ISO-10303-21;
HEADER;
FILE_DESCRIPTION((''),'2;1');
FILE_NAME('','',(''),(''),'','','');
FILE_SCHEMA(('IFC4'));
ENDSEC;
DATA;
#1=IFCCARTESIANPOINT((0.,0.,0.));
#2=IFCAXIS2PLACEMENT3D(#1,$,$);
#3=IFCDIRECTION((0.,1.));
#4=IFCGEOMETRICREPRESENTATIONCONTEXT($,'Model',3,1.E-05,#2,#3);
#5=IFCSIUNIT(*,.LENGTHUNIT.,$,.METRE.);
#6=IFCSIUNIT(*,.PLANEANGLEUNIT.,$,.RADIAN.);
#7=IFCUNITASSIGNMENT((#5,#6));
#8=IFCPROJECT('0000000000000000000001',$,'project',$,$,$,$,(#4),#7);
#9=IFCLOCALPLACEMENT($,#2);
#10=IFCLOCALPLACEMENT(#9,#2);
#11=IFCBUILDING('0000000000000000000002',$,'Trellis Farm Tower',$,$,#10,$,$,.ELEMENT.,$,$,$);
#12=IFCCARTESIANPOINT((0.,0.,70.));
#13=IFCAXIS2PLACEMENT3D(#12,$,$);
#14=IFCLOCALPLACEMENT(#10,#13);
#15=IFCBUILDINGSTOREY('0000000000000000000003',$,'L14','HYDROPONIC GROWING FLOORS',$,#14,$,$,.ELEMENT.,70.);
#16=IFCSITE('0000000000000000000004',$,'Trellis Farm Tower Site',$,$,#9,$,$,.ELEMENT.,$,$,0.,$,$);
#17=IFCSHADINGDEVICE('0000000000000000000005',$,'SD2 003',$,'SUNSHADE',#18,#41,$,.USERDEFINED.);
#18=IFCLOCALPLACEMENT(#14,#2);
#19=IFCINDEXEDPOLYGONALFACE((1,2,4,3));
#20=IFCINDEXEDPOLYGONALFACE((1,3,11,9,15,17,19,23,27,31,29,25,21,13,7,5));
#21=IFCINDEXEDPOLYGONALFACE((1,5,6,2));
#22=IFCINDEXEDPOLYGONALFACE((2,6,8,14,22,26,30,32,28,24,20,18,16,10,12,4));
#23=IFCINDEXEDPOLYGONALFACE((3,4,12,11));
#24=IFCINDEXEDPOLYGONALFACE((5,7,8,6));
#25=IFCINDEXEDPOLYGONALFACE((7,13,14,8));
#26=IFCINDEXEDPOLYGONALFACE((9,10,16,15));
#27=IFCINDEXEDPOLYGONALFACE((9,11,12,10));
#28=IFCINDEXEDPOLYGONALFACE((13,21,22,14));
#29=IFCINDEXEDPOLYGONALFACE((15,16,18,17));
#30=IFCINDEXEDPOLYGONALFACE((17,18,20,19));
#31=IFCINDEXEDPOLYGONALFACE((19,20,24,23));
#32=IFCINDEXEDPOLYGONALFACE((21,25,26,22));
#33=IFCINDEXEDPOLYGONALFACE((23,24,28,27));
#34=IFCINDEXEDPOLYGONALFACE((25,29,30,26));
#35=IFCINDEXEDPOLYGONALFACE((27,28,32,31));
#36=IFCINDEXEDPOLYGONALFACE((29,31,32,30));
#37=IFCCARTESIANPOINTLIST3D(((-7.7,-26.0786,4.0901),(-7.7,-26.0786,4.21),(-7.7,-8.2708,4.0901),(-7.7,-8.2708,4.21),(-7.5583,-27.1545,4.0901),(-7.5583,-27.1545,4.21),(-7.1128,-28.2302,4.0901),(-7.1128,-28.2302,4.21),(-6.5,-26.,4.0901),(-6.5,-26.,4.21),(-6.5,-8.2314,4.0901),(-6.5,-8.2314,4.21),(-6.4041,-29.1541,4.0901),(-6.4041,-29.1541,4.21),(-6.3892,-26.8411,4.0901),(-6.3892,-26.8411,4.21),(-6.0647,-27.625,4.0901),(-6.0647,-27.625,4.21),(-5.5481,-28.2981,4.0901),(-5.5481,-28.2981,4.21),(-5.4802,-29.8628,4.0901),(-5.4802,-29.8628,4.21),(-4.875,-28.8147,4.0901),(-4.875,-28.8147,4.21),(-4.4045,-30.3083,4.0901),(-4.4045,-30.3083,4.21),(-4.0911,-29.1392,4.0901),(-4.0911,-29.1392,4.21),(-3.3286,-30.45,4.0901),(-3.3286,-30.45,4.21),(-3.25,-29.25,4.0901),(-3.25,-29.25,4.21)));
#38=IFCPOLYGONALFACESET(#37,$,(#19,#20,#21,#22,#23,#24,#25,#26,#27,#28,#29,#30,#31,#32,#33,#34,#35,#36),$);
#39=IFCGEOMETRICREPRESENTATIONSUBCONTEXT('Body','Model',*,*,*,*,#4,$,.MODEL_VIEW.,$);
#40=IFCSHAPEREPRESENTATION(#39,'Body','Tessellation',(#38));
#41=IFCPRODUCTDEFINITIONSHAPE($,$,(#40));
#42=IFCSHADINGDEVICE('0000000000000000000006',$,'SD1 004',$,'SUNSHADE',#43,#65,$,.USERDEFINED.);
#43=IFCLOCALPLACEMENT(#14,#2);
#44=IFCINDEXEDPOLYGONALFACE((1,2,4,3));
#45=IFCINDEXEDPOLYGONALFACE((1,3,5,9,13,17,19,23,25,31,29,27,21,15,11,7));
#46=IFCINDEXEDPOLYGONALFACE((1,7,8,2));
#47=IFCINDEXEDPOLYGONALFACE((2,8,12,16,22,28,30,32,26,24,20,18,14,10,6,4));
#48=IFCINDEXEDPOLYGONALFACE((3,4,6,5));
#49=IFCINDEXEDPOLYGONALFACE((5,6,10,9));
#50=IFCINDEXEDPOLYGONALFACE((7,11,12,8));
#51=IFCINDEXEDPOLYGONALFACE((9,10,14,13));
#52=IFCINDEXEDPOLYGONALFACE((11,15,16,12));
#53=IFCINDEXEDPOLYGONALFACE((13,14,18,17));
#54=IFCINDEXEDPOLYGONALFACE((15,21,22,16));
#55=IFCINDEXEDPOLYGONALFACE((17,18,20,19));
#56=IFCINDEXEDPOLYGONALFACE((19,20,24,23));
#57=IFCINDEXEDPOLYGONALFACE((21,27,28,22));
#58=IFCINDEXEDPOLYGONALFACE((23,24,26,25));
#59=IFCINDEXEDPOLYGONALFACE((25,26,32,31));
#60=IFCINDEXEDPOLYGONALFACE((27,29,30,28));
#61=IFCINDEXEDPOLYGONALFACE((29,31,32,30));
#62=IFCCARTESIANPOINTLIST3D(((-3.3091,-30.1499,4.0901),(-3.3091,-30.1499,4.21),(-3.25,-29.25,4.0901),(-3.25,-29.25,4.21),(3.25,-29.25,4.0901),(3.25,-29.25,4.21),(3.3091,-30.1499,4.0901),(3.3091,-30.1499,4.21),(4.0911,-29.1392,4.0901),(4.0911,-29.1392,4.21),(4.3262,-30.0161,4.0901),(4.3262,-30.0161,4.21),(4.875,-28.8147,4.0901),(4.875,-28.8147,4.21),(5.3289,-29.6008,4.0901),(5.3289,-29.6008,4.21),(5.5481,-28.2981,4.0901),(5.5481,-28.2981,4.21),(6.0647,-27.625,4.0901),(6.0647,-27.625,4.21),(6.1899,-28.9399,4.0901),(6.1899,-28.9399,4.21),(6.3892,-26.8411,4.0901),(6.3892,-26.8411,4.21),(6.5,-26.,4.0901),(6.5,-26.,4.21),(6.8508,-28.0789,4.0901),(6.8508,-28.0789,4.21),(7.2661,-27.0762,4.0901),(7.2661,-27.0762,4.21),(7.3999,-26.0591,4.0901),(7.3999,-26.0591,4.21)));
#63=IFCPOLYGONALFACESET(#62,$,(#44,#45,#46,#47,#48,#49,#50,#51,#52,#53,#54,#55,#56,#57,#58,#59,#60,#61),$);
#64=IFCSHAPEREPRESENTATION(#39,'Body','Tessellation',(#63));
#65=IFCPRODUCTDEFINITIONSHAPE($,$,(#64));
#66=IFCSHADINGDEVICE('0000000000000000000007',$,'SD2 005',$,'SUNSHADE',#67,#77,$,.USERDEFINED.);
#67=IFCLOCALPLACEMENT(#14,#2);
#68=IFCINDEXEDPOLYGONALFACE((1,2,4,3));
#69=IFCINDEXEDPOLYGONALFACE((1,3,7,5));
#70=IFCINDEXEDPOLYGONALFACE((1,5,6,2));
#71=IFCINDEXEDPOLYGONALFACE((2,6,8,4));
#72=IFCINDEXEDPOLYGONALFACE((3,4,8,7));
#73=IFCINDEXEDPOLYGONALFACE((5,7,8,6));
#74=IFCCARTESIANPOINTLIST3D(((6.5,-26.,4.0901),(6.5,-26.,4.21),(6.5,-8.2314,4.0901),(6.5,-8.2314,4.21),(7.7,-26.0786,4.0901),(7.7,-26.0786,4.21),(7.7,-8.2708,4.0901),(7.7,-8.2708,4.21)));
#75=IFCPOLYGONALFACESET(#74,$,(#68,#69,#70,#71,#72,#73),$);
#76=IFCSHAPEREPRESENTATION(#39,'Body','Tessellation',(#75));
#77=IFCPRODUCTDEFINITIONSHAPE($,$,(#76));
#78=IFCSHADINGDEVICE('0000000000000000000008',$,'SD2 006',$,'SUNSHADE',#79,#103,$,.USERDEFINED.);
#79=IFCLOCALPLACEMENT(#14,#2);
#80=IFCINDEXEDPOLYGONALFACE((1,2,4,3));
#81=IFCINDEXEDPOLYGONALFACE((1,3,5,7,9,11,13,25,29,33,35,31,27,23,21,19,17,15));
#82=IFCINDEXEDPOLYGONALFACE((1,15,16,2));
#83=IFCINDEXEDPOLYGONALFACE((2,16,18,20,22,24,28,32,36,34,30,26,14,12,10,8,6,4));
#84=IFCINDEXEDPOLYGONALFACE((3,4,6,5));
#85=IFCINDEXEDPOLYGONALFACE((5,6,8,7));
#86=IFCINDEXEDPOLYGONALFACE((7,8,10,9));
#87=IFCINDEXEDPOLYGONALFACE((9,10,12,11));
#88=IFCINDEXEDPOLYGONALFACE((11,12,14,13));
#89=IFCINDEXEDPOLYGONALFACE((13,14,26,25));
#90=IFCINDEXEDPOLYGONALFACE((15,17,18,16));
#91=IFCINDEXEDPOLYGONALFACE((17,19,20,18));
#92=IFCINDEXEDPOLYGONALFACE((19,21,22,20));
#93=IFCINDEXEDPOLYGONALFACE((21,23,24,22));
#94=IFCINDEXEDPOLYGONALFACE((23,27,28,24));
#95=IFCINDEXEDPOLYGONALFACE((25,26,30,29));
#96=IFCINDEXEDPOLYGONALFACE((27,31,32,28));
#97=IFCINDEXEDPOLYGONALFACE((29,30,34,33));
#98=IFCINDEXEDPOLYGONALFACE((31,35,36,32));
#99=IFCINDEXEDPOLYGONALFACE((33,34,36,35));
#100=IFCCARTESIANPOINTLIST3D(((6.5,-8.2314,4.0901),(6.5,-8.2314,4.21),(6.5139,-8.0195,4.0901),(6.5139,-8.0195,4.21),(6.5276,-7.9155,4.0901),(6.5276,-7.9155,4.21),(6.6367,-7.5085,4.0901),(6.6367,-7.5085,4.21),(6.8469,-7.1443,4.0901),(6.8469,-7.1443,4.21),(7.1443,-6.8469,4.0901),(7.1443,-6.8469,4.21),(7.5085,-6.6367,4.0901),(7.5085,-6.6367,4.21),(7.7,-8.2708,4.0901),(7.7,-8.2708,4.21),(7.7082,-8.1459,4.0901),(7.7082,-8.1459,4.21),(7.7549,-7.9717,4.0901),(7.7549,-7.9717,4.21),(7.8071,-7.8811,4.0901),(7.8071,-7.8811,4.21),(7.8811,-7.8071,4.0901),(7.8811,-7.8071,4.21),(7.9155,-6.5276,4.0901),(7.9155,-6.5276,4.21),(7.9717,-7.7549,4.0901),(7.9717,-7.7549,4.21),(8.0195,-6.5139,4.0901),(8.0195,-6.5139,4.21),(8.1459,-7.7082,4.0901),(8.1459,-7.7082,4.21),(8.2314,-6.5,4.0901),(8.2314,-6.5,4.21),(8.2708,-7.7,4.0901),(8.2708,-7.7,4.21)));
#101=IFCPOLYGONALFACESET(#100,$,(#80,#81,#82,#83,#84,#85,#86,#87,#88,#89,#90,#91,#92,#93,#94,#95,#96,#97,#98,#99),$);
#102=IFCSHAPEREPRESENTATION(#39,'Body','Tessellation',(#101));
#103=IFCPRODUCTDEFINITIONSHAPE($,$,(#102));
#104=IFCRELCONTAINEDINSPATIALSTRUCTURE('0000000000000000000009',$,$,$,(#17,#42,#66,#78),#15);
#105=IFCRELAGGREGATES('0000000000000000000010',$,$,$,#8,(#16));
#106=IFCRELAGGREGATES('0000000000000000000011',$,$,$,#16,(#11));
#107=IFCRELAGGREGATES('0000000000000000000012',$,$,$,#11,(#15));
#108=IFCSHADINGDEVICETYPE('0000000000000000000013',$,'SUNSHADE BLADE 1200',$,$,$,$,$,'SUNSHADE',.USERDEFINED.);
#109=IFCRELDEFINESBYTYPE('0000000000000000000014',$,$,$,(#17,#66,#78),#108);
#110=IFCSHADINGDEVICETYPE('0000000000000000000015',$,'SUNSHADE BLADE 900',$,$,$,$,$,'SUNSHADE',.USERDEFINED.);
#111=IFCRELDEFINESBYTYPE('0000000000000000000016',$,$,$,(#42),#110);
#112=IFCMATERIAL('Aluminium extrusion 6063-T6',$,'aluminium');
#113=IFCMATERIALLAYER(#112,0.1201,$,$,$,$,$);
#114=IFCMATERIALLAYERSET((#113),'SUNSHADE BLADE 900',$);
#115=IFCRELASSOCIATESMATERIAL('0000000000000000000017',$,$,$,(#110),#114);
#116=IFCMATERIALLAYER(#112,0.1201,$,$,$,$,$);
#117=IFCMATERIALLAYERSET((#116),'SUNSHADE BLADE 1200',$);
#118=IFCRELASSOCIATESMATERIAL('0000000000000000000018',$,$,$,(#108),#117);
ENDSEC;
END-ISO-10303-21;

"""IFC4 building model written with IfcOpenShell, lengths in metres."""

from ifc_helpers import new_model, si_unit, direction, frame, origin, place, context, subcontext, project, spatial, polyline, outline, extrude, source, transform, mapped, material, layer, layer_set, type_object, element, save


model = new_model("IFC4")

# Units and contexts
model_context = context("Model", 3, precision=1e-05, world=origin(), true_north=direction((0.0, 1.0)))
body_context = subcontext(model_context, "Body", "Model", "MODEL_VIEW")
ifc_project = project(units=[si_unit("LENGTHUNIT", "METRE"), si_unit("PLANEANGLEUNIT", "RADIAN")], contexts=[model_context])

# Site, building, storey
site_placement = place(None, origin())
site = spatial("IfcSite", under=ifc_project, at=site_placement, Name="Trellis Farm Tower Site", CompositionType="ELEMENT", RefElevation=0.0)
building_placement = place(site_placement, origin())
building = spatial("IfcBuilding", under=site, at=building_placement, Name="Trellis Farm Tower", CompositionType="ELEMENT")
storey_placement = place(building_placement, frame((0.0, 0.0, 70.0)))
storey = spatial("IfcBuildingStorey", under=building, at=storey_placement, Name="L14", Description="HYDROPONIC GROWING FLOORS", CompositionType="ELEMENT", Elevation=70.0)

# Shared definitions
ifc_material_1 = material(Name="Aluminium extrusion 6063-T6", Category="aluminium")

# Shading devices
ifc_layer_1 = layer(ifc_material_1, 0.1201)
ifc_layer_set_1 = layer_set([ifc_layer_1], Name="SUNSHADE BLADE 900")
shading_device_type_1 = type_object("IfcShadingDeviceType", Name="SUNSHADE BLADE 900", ElementType="SUNSHADE", PredefinedType="USERDEFINED", material=ifc_layer_set_1)
placement_1 = place(storey_placement, frame((0.0, 0.0, 4.0901)))
ifc_layer_2 = layer(ifc_material_1, 0.1201)
ifc_layer_set_2 = layer_set([ifc_layer_2], Name="SUNSHADE BLADE 1200")
shading_device_type_2 = type_object("IfcShadingDeviceType", Name="SUNSHADE BLADE 1200", ElementType="SUNSHADE", PredefinedType="USERDEFINED", material=ifc_layer_set_2)
shared_shape_1 = source(origin(), body_context, "Body", "SweptSolid", [
    extrude(outline(polyline([(-7.7, -8.2708), (-7.7, -26.0786), (-7.5583, -27.1545), (-7.1128, -28.2302), (-6.4041, -29.1541), (-5.4802, -29.8628), (-4.4045, -30.3083), (-3.3286, -30.45), (-3.25, -29.25), (-4.0911, -29.1392), (-4.875, -28.8147), (-5.5481, -28.2981), (-6.0647, -27.625), (-6.3892, -26.8411), (-6.5, -26.0), (-6.5, -8.2314), (-7.7, -8.2708)])), origin(), (0.0, 0.0, 1.0), 0.1199),
])
element("IfcShadingDevice", 1, at=placement_1, inside=storey, type_object=shading_device_type_2, Name="SD2 003", ObjectType="SUNSHADE", PredefinedType="USERDEFINED", context=body_context, shape_type="MappedRepresentation", body=[
    mapped(shared_shape_1, transform((0.0, 0.0, 0.0))),
])
shared_shape_2 = source(origin(), body_context, "Body", "SweptSolid", [
    extrude(outline(polyline([(-3.3091, -30.1499), (3.3091, -30.1499), (4.3262, -30.0161), (5.3289, -29.6008), (6.1899, -28.9399), (6.8508, -28.0789), (7.2661, -27.0762), (7.3999, -26.0591), (6.5, -26.0), (6.3892, -26.8411), (6.0647, -27.625), (5.5481, -28.2981), (4.875, -28.8147), (4.0911, -29.1392), (3.25, -29.25), (-3.25, -29.25), (-3.3091, -30.1499)])), origin(), (0.0, 0.0, 1.0), 0.1199),
])
element("IfcShadingDevice", 2, at=placement_1, inside=storey, type_object=shading_device_type_1, Name="SD1 004", ObjectType="SUNSHADE", PredefinedType="USERDEFINED", context=body_context, shape_type="MappedRepresentation", body=[
    mapped(shared_shape_2, transform((0.0, 0.0, 0.0))),
])
shared_shape_3 = source(origin(), body_context, "Body", "SweptSolid", [
    extrude(outline(polyline([(7.7, -26.0786), (7.7, -8.2708), (6.5, -8.2314), (6.5, -26.0), (7.7, -26.0786)])), origin(), (0.0, 0.0, 1.0), 0.1199),
])
element("IfcShadingDevice", 3, at=placement_1, inside=storey, type_object=shading_device_type_2, Name="SD2 005", ObjectType="SUNSHADE", PredefinedType="USERDEFINED", context=body_context, shape_type="MappedRepresentation", body=[
    mapped(shared_shape_3, transform((0.0, 0.0, 0.0))),
])
shared_shape_4 = source(origin(), body_context, "Body", "SweptSolid", [
    extrude(outline(polyline([(7.7, -8.2708), (7.7087, -8.1372), (7.707, -8.1501), (7.7549, -7.9717), (7.8071, -7.8811), (7.8811, -7.8071), (7.9717, -7.7549), (8.1501, -7.707), (8.1372, -7.7087), (8.2708, -7.7), (8.2314, -6.5), (8.0195, -6.5139), (7.9155, -6.5276), (7.5085, -6.6367), (7.1443, -6.8469), (6.8469, -7.1443), (6.6367, -7.5085), (6.5276, -7.9155), (6.5139, -8.0195), (6.5, -8.2314), (7.7, -8.2708)])), origin(), (0.0, 0.0, 1.0), 0.1199),
])
element("IfcShadingDevice", 4, at=placement_1, inside=storey, type_object=shading_device_type_2, Name="SD2 006", ObjectType="SUNSHADE", PredefinedType="USERDEFINED", context=body_context, shape_type="MappedRepresentation", body=[
    mapped(shared_shape_4, transform((0.0, 0.0, 0.0))),
])

save(model, "model.ifc")
